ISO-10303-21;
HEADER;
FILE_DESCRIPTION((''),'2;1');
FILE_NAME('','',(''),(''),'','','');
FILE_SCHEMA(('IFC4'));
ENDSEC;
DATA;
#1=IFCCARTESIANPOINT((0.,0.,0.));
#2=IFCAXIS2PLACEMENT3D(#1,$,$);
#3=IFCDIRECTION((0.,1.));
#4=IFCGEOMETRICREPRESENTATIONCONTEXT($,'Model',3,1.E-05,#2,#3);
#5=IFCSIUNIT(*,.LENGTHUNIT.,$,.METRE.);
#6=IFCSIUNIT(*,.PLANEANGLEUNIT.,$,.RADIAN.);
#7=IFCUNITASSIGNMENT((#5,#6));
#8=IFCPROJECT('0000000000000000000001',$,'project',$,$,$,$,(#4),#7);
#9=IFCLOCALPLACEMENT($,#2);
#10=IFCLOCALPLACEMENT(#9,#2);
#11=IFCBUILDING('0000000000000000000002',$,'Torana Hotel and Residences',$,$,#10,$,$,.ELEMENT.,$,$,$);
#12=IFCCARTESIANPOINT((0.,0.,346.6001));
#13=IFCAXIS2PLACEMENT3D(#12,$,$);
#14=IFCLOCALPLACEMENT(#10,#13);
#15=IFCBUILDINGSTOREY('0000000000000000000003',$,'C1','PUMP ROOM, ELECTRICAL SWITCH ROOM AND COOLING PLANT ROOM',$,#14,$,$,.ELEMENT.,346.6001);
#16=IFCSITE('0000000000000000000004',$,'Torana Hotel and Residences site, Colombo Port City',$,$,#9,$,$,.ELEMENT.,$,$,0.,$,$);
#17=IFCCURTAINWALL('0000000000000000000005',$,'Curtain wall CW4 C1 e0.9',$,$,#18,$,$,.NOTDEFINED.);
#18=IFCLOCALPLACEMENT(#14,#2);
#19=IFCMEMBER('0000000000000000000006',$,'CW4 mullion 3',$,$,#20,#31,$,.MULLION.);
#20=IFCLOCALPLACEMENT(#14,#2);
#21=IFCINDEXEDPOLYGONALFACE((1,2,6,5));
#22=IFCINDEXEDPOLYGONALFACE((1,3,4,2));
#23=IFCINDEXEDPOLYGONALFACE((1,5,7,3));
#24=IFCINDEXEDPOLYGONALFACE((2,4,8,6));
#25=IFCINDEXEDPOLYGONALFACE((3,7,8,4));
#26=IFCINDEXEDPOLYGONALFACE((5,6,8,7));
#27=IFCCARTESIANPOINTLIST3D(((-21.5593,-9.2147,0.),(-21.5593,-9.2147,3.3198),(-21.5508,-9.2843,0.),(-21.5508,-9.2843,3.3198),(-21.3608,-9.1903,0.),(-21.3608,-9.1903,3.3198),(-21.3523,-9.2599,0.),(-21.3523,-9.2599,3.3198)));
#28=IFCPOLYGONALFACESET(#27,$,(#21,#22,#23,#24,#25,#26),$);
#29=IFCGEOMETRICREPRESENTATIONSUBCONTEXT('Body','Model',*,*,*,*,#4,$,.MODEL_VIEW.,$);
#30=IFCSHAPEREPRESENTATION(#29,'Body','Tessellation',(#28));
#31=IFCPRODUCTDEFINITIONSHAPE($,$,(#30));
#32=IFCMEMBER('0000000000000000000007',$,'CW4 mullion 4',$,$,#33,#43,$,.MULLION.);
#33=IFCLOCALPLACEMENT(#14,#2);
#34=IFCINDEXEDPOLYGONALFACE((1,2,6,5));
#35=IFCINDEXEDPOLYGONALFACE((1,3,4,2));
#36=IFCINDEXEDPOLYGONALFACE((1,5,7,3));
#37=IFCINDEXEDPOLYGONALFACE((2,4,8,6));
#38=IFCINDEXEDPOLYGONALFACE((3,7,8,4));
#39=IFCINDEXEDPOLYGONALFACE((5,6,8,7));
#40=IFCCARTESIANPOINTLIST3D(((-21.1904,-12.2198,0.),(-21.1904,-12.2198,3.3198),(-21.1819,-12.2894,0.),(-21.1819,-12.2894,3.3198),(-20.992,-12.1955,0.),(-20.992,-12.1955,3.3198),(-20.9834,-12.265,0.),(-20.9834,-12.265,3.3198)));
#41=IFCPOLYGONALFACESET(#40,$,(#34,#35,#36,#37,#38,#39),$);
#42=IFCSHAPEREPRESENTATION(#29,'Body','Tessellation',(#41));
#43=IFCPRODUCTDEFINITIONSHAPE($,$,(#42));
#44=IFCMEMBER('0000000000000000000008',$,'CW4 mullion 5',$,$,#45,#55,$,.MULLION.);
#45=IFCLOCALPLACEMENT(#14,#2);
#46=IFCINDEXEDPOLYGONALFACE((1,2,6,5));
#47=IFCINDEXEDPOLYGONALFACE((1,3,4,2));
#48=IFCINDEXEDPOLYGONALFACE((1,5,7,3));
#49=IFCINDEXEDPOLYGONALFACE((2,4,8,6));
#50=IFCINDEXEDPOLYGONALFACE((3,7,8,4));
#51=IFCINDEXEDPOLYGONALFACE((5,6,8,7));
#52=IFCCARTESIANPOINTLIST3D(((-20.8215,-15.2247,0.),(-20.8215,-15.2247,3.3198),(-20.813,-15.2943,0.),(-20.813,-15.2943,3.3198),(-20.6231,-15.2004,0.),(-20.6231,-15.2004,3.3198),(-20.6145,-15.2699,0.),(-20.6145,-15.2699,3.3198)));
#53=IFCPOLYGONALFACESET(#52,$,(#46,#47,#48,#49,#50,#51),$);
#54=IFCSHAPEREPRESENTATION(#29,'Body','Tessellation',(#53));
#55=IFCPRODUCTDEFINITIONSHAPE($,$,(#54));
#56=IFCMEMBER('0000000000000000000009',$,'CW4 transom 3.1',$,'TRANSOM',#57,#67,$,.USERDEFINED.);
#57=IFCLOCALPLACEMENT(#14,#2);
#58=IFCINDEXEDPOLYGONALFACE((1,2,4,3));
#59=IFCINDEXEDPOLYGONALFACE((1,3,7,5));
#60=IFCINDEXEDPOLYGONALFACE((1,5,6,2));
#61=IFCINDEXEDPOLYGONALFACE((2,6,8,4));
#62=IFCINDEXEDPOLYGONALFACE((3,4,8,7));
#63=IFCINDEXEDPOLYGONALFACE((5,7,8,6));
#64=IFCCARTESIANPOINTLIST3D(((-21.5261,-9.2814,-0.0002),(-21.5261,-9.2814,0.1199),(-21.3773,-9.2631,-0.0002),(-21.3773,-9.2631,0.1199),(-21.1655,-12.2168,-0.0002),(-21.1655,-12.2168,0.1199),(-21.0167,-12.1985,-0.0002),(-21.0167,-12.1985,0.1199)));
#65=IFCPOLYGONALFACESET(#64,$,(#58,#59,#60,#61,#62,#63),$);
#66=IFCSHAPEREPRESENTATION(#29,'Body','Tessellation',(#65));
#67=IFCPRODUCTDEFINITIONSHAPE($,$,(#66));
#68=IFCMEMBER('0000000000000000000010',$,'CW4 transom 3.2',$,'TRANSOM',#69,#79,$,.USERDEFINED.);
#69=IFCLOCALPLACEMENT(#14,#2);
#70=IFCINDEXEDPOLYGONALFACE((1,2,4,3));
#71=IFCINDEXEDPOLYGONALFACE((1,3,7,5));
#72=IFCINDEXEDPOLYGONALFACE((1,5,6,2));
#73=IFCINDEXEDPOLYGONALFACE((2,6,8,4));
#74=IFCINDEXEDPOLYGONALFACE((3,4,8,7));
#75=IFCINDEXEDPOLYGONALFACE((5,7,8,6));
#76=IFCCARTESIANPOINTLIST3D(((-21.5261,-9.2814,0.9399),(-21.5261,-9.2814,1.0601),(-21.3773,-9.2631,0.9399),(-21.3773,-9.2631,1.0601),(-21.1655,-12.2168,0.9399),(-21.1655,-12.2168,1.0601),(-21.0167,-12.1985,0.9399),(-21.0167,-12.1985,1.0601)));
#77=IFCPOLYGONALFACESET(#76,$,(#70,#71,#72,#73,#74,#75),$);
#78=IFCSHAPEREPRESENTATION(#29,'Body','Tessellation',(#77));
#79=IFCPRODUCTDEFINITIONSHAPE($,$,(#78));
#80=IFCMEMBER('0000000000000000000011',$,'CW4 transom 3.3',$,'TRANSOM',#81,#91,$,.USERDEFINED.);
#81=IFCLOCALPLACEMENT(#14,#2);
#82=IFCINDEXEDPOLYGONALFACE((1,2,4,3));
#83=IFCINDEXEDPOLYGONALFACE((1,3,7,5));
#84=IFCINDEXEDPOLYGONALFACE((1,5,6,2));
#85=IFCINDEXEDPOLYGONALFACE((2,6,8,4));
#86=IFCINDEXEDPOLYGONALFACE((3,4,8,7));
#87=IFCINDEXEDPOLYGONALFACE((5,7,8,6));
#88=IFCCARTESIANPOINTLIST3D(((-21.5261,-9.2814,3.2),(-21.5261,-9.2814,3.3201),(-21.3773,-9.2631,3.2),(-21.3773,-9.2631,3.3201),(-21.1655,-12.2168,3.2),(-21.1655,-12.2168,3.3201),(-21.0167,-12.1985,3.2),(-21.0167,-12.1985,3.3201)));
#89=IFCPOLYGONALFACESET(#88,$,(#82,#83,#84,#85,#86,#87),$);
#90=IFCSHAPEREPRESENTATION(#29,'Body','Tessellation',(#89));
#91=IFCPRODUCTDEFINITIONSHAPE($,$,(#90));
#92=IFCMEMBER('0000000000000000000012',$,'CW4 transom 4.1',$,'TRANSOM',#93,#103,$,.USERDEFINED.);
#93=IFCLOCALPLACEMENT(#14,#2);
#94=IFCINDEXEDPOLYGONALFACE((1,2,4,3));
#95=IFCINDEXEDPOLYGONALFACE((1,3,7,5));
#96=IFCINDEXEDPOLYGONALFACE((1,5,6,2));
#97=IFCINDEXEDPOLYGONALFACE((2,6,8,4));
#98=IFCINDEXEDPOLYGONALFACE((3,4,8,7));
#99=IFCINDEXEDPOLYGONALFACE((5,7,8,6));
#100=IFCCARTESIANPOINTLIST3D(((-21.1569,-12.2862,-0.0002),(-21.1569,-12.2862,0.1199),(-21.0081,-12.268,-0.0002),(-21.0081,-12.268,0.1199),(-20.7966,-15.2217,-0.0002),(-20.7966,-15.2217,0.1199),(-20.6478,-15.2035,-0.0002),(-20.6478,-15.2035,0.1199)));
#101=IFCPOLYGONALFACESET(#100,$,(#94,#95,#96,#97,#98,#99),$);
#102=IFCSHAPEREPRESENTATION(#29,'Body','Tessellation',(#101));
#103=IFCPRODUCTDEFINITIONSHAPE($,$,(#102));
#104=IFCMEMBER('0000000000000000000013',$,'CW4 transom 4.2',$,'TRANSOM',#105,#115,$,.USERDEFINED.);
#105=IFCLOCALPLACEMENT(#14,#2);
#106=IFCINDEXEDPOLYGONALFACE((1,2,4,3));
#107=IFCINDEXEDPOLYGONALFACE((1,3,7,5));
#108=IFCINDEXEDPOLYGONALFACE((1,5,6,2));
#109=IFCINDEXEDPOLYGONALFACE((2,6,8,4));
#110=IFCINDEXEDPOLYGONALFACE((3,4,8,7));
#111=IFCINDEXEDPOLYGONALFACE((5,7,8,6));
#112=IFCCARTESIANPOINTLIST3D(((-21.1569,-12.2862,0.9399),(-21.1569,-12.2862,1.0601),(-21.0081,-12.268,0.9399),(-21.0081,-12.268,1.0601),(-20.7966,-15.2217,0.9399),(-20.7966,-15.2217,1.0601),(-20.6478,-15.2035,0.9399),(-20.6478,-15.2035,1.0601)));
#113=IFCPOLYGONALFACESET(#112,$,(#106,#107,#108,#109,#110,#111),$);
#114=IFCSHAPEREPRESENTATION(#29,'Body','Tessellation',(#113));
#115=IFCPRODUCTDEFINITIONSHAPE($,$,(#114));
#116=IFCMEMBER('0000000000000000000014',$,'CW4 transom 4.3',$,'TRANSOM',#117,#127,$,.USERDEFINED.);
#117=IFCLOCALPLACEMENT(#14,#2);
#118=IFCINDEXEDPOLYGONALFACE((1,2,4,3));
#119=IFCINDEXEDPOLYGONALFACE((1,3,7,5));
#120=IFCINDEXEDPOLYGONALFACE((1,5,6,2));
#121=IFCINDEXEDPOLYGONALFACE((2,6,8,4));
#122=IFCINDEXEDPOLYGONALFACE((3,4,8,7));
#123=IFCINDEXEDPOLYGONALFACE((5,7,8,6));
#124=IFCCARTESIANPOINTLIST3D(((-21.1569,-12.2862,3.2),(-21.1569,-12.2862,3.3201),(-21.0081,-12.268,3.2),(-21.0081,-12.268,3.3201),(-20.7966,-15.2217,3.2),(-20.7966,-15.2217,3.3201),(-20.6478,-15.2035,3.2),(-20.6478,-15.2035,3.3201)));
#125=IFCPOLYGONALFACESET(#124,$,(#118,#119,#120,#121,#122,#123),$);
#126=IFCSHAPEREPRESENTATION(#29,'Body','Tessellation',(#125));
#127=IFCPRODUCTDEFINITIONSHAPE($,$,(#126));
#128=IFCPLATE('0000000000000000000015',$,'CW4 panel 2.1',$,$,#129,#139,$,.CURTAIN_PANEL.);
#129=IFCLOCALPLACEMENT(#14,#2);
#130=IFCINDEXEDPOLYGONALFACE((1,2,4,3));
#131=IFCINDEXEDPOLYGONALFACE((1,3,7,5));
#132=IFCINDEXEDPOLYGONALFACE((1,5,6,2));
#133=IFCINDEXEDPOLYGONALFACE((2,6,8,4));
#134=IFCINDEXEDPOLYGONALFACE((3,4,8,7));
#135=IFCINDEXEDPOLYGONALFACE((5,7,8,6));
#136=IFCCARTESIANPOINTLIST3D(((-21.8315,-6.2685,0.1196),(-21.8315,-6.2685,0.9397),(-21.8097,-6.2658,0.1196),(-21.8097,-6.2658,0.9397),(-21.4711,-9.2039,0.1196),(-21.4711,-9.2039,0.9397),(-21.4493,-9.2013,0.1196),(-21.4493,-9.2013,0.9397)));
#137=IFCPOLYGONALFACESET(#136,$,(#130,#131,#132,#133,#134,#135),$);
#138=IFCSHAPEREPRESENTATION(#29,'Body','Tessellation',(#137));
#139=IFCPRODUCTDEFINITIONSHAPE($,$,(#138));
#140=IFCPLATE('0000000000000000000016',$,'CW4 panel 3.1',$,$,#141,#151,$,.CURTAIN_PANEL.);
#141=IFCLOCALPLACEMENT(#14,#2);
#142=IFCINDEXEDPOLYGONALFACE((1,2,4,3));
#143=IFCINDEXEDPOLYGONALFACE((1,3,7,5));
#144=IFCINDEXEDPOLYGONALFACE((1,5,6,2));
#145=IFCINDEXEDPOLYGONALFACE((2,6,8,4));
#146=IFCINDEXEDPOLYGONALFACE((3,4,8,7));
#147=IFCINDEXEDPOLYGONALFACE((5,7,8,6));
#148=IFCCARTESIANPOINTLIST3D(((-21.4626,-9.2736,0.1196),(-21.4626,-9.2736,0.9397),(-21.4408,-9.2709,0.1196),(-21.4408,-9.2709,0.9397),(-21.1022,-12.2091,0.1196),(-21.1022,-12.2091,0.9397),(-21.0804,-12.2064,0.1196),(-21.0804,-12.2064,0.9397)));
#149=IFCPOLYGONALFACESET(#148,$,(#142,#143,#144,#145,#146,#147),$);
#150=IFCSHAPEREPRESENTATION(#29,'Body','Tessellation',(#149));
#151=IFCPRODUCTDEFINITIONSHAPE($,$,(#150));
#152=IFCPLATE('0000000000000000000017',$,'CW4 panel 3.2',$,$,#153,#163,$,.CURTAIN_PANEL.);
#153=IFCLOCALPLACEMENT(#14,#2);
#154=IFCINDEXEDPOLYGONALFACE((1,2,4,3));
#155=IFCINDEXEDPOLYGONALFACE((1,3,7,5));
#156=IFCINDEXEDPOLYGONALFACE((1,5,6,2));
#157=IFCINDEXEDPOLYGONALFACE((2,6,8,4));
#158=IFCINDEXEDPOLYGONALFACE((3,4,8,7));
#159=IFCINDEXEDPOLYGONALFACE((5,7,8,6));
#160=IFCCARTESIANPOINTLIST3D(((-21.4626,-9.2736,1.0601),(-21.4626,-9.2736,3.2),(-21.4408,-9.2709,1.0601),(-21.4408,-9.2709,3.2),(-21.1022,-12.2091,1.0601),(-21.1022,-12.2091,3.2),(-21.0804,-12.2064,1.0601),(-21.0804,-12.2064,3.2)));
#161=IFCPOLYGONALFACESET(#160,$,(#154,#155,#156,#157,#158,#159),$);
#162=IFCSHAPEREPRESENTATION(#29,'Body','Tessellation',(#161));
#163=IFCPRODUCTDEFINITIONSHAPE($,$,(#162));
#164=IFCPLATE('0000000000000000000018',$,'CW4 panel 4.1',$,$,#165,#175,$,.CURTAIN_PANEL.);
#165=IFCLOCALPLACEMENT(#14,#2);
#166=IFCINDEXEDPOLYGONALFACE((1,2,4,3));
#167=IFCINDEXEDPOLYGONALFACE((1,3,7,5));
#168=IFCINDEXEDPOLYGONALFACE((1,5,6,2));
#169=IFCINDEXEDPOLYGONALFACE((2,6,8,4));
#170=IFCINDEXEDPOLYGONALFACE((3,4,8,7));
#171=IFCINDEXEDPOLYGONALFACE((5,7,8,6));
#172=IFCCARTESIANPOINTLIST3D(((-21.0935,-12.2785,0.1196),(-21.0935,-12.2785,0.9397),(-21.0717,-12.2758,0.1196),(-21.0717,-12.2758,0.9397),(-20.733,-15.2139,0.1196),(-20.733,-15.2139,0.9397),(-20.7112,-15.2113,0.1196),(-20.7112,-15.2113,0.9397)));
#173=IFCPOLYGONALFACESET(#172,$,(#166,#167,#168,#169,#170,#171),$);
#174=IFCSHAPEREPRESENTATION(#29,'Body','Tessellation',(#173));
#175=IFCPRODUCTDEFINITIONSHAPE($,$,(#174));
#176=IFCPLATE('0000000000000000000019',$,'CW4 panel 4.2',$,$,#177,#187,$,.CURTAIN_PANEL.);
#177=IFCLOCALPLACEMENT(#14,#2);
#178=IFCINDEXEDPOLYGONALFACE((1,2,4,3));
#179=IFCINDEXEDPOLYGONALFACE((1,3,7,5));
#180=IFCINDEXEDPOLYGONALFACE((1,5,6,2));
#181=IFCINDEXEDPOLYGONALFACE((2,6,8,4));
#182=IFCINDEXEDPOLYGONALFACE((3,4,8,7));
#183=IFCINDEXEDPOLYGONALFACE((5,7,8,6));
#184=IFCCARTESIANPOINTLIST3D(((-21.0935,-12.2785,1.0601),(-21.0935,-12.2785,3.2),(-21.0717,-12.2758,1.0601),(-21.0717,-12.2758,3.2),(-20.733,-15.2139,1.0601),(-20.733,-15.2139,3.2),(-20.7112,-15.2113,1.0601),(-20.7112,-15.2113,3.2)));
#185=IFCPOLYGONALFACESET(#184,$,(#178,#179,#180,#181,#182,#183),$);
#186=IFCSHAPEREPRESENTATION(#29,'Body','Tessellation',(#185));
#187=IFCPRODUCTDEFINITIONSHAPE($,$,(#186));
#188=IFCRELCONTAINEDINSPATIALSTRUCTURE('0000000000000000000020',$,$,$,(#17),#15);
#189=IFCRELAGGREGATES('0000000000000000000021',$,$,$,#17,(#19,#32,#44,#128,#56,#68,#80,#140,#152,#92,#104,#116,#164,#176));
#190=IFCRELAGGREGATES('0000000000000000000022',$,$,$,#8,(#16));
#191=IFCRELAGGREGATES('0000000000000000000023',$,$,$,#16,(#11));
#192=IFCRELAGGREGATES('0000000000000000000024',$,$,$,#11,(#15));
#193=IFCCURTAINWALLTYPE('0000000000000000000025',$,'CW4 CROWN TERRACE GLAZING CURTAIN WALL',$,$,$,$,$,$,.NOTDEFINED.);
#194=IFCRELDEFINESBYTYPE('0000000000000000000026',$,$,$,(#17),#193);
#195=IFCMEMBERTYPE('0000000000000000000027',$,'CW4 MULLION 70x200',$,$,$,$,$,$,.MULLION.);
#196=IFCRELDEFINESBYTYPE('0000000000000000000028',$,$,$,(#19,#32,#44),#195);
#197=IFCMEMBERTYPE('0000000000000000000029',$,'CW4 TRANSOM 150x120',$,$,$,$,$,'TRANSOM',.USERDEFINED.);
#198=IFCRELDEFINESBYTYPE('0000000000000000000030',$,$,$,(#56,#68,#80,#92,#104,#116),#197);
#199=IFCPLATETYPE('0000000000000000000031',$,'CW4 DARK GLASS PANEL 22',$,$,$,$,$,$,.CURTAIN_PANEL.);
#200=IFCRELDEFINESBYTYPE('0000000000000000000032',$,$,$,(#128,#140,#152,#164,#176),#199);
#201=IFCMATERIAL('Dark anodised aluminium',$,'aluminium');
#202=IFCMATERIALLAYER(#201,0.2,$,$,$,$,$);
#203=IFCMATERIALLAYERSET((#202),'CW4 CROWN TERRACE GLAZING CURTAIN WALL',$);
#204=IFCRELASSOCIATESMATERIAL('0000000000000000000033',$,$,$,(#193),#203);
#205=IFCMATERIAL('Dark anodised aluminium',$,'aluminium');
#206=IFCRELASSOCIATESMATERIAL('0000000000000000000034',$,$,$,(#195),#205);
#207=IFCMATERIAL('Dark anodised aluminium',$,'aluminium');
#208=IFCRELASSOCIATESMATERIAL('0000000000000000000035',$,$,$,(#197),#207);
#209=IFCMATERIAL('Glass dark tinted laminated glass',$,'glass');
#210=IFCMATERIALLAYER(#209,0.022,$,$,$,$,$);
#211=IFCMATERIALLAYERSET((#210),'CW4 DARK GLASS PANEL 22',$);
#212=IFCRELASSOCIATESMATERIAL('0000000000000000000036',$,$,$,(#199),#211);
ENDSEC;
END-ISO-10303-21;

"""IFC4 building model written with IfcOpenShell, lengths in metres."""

from ifc_helpers import new_model, si_unit, direction, frame, origin, origin_2d, place, context, subcontext, project, spatial, rectangle, extrude, material, layer, layer_set, material_profile, profile_set, type_object, element, aggregate, save


model = new_model("IFC4")

# Units and contexts
model_context = context("Model", 3, precision=1e-05, world=origin(), true_north=direction((0.0, 1.0)))
body_context = subcontext(model_context, "Body", "Model", "MODEL_VIEW")
ifc_project = project(units=[si_unit("LENGTHUNIT", "METRE"), si_unit("PLANEANGLEUNIT", "RADIAN")], contexts=[model_context])

# Site, building, storey
site_placement = place(None, origin())
site = spatial("IfcSite", under=ifc_project, at=site_placement, Name="Torana Hotel and Residences site, Colombo Port City", CompositionType="ELEMENT", RefElevation=0.0)
building_placement = place(site_placement, origin())
building = spatial("IfcBuilding", under=site, at=building_placement, Name="Torana Hotel and Residences", CompositionType="ELEMENT")
storey_placement = place(building_placement, frame((0.0, 0.0, 346.6001)))
storey = spatial("IfcBuildingStorey", under=building, at=storey_placement, Name="C1", Description="PUMP ROOM, ELECTRICAL SWITCH ROOM AND COOLING PLANT ROOM", CompositionType="ELEMENT", Elevation=346.6001)

# Curtain wall, members, plates
ifc_material_1 = material(Name="Dark anodised aluminium", Category="aluminium")
ifc_layer_1 = layer(ifc_material_1, 0.2)
ifc_layer_set_1 = layer_set([ifc_layer_1], Name="CW4 CROWN TERRACE GLAZING CURTAIN WALL")
curtain_wall_type = type_object("IfcCurtainWallType", Name="CW4 CROWN TERRACE GLAZING CURTAIN WALL", PredefinedType="NOTDEFINED", material=ifc_layer_set_1)
curtain_wall_placement = place(storey_placement, origin())
curtain_wall = element("IfcCurtainWall", 1, at=curtain_wall_placement, inside=storey, type_object=curtain_wall_type, Name="Curtain wall CW4 C1 e0.9", PredefinedType="NOTDEFINED")
ifc_material_2 = material(Name="Dark anodised aluminium", Category="aluminium")
ifc_material_profile_1 = material_profile(ifc_material_2, rectangle(XDim=0.2, YDim=0.0701, at=origin_2d()), Name="CW4 MULLION 70x200")
ifc_profile_set_1 = profile_set([ifc_material_profile_1], Name="Dark anodised aluminium")
member_type_1 = type_object("IfcMemberType", Name="CW4 MULLION 70x200", PredefinedType="MULLION", material=ifc_profile_set_1)
member_1_placement = place(storey_placement, frame((-21.4558, -9.2373, 0.0), z_axis=(0.0, 0.0, 1.0), x_axis=(0.992546, 0.121868, 0.0)))
member_1 = element("IfcMember", 2, at=member_1_placement, type_object=member_type_1, Name="CW4 mullion 3", PredefinedType="MULLION", context=body_context, shape_type="SweptSolid", body=[
    extrude(rectangle(XDim=0.2, YDim=0.0701, at=origin_2d()), origin(), (0.0, 0.0, 1.0), 3.3198),
])
member_2_placement = place(storey_placement, frame((-21.0869, -12.2424, 0.0), z_axis=(0.0, 0.0, 1.0), x_axis=(0.992546, 0.121868, 0.0)))
member_2 = element("IfcMember", 3, at=member_2_placement, type_object=member_type_1, Name="CW4 mullion 4", PredefinedType="MULLION", context=body_context, shape_type="SweptSolid", body=[
    extrude(rectangle(XDim=0.2, YDim=0.0701, at=origin_2d()), origin(), (0.0, 0.0, 1.0), 3.3198),
])
member_3_placement = place(storey_placement, frame((-20.718, -15.2473, 0.0), z_axis=(0.0, 0.0, 1.0), x_axis=(0.992546, 0.121868, 0.0)))
member_3 = element("IfcMember", 4, at=member_3_placement, type_object=member_type_1, Name="CW4 mullion 5", PredefinedType="MULLION", context=body_context, shape_type="SweptSolid", body=[
    extrude(rectangle(XDim=0.2, YDim=0.0701, at=origin_2d()), origin(), (0.0, 0.0, 1.0), 3.3198),
])
ifc_material_3 = material(Name="Dark anodised aluminium", Category="aluminium")
ifc_material_profile_2 = material_profile(ifc_material_3, rectangle(XDim=0.1499, YDim=0.1201, at=origin_2d()), Name="CW4 TRANSOM 150x120")
ifc_profile_set_2 = profile_set([ifc_material_profile_2], Name="Dark anodised aluminium")
member_type_2 = type_object("IfcMemberType", Name="CW4 TRANSOM 150x120", ElementType="TRANSOM", PredefinedType="USERDEFINED", material=ifc_profile_set_2)
member_4_placement = place(storey_placement, frame((-21.4517, -9.2722, 0.0598), z_axis=(0.121921, -0.99254, 0.0), x_axis=(0.99254, 0.121921, 0.0)))
member_4 = element("IfcMember", 5, at=member_4_placement, type_object=member_type_2, Name="CW4 transom 3.1", ObjectType="TRANSOM", PredefinedType="USERDEFINED", context=body_context, shape_type="SweptSolid", body=[
    extrude(rectangle(XDim=0.1499, YDim=0.1201, at=origin_2d()), origin(), (0.0, 0.0, 1.0), 2.9575),
])
member_5_placement = place(storey_placement, frame((-21.4517, -9.2722, 1.0), z_axis=(0.121921, -0.99254, 0.0), x_axis=(0.99254, 0.121921, 0.0)))
member_5 = element("IfcMember", 6, at=member_5_placement, type_object=member_type_2, Name="CW4 transom 3.2", ObjectType="TRANSOM", PredefinedType="USERDEFINED", context=body_context, shape_type="SweptSolid", body=[
    extrude(rectangle(XDim=0.1499, YDim=0.1201, at=origin_2d()), origin(), (0.0, 0.0, 1.0), 2.9575),
])
member_6_placement = place(storey_placement, frame((-21.4517, -9.2722, 3.26), z_axis=(0.121921, -0.99254, 0.0), x_axis=(0.99254, 0.121921, 0.0)))
member_6 = element("IfcMember", 7, at=member_6_placement, type_object=member_type_2, Name="CW4 transom 3.3", ObjectType="TRANSOM", PredefinedType="USERDEFINED", context=body_context, shape_type="SweptSolid", body=[
    extrude(rectangle(XDim=0.1499, YDim=0.1201, at=origin_2d()), origin(), (0.0, 0.0, 1.0), 2.9575),
])
member_7_placement = place(storey_placement, frame((-21.0825, -12.2771, 0.0598), z_axis=(0.12184, -0.99255, 0.0), x_axis=(0.99255, 0.12184, 0.0)))
member_7 = element("IfcMember", 8, at=member_7_placement, type_object=member_type_2, Name="CW4 transom 4.1", ObjectType="TRANSOM", PredefinedType="USERDEFINED", context=body_context, shape_type="SweptSolid", body=[
    extrude(rectangle(XDim=0.1499, YDim=0.1201, at=origin_2d()), origin(), (0.0, 0.0, 1.0), 2.9575),
])
member_8_placement = place(storey_placement, frame((-21.0825, -12.2771, 1.0), z_axis=(0.12184, -0.99255, 0.0), x_axis=(0.99255, 0.12184, 0.0)))
member_8 = element("IfcMember", 9, at=member_8_placement, type_object=member_type_2, Name="CW4 transom 4.2", ObjectType="TRANSOM", PredefinedType="USERDEFINED", context=body_context, shape_type="SweptSolid", body=[
    extrude(rectangle(XDim=0.1499, YDim=0.1201, at=origin_2d()), origin(), (0.0, 0.0, 1.0), 2.9575),
])
member_9_placement = place(storey_placement, frame((-21.0825, -12.2771, 3.26), z_axis=(0.12184, -0.99255, 0.0), x_axis=(0.99255, 0.12184, 0.0)))
member_9 = element("IfcMember", 10, at=member_9_placement, type_object=member_type_2, Name="CW4 transom 4.3", ObjectType="TRANSOM", PredefinedType="USERDEFINED", context=body_context, shape_type="SweptSolid", body=[
    extrude(rectangle(XDim=0.1499, YDim=0.1201, at=origin_2d()), origin(), (0.0, 0.0, 1.0), 2.9575),
])
ifc_material_4 = material(Name="Glass dark tinted laminated glass", Category="glass")
ifc_layer_2 = layer(ifc_material_4, 0.022)
ifc_layer_set_2 = layer_set([ifc_layer_2], Name="CW4 DARK GLASS PANEL 22")
plate_type = type_object("IfcPlateType", Name="CW4 DARK GLASS PANEL 22", PredefinedType="CURTAIN_PANEL", material=ifc_layer_set_2)
plate_1_placement = place(storey_placement, frame((-21.6404, -7.7349, 0.1196), z_axis=(0.0, 0.0, 1.0), x_axis=(0.121868, -0.992546, 0.0)))
plate_1 = element("IfcPlate", 11, at=plate_1_placement, type_object=plate_type, Name="CW4 panel 2.1", PredefinedType="CURTAIN_PANEL", context=body_context, shape_type="SweptSolid", body=[
    extrude(rectangle(XDim=2.9575, YDim=0.022, at=origin_2d()), origin(), (0.0, 0.0, 1.0), 0.8201),
])
plate_2_placement = place(storey_placement, frame((-21.2715, -10.74, 0.1196), z_axis=(0.0, 0.0, 1.0), x_axis=(0.121868, -0.992546, 0.0)))
plate_2 = element("IfcPlate", 12, at=plate_2_placement, type_object=plate_type, Name="CW4 panel 3.1", PredefinedType="CURTAIN_PANEL", context=body_context, shape_type="SweptSolid", body=[
    extrude(rectangle(XDim=2.9575, YDim=0.022, at=origin_2d()), origin(), (0.0, 0.0, 1.0), 0.8201),
])
plate_3_placement = place(storey_placement, frame((-21.2715, -10.74, 1.0601), z_axis=(0.0, 0.0, 1.0), x_axis=(0.121868, -0.992546, 0.0)))
plate_3 = element("IfcPlate", 13, at=plate_3_placement, type_object=plate_type, Name="CW4 panel 3.2", PredefinedType="CURTAIN_PANEL", context=body_context, shape_type="SweptSolid", body=[
    extrude(rectangle(XDim=2.9575, YDim=0.022, at=origin_2d()), origin(), (0.0, 0.0, 1.0), 2.1399),
])
plate_4_placement = place(storey_placement, frame((-20.9023, -13.7449, 0.1196), z_axis=(0.0, 0.0, 1.0), x_axis=(0.121868, -0.992546, 0.0)))
plate_4 = element("IfcPlate", 14, at=plate_4_placement, type_object=plate_type, Name="CW4 panel 4.1", PredefinedType="CURTAIN_PANEL", context=body_context, shape_type="SweptSolid", body=[
    extrude(rectangle(XDim=2.9575, YDim=0.022, at=origin_2d()), origin(), (0.0, 0.0, 1.0), 0.8201),
])
plate_5_placement = place(storey_placement, frame((-20.9023, -13.7449, 1.0601), z_axis=(0.0, 0.0, 1.0), x_axis=(0.121868, -0.992546, 0.0)))
plate_5 = element("IfcPlate", 15, at=plate_5_placement, type_object=plate_type, Name="CW4 panel 4.2", PredefinedType="CURTAIN_PANEL", context=body_context, shape_type="SweptSolid", body=[
    extrude(rectangle(XDim=2.9575, YDim=0.022, at=origin_2d()), origin(), (0.0, 0.0, 1.0), 2.1399),
])
aggregate(curtain_wall, [member_1, member_2, member_3, plate_1, member_4, member_5, member_6, plate_2, plate_3, member_7, member_8, member_9, plate_4, plate_5])

save(model, "model.ifc")
